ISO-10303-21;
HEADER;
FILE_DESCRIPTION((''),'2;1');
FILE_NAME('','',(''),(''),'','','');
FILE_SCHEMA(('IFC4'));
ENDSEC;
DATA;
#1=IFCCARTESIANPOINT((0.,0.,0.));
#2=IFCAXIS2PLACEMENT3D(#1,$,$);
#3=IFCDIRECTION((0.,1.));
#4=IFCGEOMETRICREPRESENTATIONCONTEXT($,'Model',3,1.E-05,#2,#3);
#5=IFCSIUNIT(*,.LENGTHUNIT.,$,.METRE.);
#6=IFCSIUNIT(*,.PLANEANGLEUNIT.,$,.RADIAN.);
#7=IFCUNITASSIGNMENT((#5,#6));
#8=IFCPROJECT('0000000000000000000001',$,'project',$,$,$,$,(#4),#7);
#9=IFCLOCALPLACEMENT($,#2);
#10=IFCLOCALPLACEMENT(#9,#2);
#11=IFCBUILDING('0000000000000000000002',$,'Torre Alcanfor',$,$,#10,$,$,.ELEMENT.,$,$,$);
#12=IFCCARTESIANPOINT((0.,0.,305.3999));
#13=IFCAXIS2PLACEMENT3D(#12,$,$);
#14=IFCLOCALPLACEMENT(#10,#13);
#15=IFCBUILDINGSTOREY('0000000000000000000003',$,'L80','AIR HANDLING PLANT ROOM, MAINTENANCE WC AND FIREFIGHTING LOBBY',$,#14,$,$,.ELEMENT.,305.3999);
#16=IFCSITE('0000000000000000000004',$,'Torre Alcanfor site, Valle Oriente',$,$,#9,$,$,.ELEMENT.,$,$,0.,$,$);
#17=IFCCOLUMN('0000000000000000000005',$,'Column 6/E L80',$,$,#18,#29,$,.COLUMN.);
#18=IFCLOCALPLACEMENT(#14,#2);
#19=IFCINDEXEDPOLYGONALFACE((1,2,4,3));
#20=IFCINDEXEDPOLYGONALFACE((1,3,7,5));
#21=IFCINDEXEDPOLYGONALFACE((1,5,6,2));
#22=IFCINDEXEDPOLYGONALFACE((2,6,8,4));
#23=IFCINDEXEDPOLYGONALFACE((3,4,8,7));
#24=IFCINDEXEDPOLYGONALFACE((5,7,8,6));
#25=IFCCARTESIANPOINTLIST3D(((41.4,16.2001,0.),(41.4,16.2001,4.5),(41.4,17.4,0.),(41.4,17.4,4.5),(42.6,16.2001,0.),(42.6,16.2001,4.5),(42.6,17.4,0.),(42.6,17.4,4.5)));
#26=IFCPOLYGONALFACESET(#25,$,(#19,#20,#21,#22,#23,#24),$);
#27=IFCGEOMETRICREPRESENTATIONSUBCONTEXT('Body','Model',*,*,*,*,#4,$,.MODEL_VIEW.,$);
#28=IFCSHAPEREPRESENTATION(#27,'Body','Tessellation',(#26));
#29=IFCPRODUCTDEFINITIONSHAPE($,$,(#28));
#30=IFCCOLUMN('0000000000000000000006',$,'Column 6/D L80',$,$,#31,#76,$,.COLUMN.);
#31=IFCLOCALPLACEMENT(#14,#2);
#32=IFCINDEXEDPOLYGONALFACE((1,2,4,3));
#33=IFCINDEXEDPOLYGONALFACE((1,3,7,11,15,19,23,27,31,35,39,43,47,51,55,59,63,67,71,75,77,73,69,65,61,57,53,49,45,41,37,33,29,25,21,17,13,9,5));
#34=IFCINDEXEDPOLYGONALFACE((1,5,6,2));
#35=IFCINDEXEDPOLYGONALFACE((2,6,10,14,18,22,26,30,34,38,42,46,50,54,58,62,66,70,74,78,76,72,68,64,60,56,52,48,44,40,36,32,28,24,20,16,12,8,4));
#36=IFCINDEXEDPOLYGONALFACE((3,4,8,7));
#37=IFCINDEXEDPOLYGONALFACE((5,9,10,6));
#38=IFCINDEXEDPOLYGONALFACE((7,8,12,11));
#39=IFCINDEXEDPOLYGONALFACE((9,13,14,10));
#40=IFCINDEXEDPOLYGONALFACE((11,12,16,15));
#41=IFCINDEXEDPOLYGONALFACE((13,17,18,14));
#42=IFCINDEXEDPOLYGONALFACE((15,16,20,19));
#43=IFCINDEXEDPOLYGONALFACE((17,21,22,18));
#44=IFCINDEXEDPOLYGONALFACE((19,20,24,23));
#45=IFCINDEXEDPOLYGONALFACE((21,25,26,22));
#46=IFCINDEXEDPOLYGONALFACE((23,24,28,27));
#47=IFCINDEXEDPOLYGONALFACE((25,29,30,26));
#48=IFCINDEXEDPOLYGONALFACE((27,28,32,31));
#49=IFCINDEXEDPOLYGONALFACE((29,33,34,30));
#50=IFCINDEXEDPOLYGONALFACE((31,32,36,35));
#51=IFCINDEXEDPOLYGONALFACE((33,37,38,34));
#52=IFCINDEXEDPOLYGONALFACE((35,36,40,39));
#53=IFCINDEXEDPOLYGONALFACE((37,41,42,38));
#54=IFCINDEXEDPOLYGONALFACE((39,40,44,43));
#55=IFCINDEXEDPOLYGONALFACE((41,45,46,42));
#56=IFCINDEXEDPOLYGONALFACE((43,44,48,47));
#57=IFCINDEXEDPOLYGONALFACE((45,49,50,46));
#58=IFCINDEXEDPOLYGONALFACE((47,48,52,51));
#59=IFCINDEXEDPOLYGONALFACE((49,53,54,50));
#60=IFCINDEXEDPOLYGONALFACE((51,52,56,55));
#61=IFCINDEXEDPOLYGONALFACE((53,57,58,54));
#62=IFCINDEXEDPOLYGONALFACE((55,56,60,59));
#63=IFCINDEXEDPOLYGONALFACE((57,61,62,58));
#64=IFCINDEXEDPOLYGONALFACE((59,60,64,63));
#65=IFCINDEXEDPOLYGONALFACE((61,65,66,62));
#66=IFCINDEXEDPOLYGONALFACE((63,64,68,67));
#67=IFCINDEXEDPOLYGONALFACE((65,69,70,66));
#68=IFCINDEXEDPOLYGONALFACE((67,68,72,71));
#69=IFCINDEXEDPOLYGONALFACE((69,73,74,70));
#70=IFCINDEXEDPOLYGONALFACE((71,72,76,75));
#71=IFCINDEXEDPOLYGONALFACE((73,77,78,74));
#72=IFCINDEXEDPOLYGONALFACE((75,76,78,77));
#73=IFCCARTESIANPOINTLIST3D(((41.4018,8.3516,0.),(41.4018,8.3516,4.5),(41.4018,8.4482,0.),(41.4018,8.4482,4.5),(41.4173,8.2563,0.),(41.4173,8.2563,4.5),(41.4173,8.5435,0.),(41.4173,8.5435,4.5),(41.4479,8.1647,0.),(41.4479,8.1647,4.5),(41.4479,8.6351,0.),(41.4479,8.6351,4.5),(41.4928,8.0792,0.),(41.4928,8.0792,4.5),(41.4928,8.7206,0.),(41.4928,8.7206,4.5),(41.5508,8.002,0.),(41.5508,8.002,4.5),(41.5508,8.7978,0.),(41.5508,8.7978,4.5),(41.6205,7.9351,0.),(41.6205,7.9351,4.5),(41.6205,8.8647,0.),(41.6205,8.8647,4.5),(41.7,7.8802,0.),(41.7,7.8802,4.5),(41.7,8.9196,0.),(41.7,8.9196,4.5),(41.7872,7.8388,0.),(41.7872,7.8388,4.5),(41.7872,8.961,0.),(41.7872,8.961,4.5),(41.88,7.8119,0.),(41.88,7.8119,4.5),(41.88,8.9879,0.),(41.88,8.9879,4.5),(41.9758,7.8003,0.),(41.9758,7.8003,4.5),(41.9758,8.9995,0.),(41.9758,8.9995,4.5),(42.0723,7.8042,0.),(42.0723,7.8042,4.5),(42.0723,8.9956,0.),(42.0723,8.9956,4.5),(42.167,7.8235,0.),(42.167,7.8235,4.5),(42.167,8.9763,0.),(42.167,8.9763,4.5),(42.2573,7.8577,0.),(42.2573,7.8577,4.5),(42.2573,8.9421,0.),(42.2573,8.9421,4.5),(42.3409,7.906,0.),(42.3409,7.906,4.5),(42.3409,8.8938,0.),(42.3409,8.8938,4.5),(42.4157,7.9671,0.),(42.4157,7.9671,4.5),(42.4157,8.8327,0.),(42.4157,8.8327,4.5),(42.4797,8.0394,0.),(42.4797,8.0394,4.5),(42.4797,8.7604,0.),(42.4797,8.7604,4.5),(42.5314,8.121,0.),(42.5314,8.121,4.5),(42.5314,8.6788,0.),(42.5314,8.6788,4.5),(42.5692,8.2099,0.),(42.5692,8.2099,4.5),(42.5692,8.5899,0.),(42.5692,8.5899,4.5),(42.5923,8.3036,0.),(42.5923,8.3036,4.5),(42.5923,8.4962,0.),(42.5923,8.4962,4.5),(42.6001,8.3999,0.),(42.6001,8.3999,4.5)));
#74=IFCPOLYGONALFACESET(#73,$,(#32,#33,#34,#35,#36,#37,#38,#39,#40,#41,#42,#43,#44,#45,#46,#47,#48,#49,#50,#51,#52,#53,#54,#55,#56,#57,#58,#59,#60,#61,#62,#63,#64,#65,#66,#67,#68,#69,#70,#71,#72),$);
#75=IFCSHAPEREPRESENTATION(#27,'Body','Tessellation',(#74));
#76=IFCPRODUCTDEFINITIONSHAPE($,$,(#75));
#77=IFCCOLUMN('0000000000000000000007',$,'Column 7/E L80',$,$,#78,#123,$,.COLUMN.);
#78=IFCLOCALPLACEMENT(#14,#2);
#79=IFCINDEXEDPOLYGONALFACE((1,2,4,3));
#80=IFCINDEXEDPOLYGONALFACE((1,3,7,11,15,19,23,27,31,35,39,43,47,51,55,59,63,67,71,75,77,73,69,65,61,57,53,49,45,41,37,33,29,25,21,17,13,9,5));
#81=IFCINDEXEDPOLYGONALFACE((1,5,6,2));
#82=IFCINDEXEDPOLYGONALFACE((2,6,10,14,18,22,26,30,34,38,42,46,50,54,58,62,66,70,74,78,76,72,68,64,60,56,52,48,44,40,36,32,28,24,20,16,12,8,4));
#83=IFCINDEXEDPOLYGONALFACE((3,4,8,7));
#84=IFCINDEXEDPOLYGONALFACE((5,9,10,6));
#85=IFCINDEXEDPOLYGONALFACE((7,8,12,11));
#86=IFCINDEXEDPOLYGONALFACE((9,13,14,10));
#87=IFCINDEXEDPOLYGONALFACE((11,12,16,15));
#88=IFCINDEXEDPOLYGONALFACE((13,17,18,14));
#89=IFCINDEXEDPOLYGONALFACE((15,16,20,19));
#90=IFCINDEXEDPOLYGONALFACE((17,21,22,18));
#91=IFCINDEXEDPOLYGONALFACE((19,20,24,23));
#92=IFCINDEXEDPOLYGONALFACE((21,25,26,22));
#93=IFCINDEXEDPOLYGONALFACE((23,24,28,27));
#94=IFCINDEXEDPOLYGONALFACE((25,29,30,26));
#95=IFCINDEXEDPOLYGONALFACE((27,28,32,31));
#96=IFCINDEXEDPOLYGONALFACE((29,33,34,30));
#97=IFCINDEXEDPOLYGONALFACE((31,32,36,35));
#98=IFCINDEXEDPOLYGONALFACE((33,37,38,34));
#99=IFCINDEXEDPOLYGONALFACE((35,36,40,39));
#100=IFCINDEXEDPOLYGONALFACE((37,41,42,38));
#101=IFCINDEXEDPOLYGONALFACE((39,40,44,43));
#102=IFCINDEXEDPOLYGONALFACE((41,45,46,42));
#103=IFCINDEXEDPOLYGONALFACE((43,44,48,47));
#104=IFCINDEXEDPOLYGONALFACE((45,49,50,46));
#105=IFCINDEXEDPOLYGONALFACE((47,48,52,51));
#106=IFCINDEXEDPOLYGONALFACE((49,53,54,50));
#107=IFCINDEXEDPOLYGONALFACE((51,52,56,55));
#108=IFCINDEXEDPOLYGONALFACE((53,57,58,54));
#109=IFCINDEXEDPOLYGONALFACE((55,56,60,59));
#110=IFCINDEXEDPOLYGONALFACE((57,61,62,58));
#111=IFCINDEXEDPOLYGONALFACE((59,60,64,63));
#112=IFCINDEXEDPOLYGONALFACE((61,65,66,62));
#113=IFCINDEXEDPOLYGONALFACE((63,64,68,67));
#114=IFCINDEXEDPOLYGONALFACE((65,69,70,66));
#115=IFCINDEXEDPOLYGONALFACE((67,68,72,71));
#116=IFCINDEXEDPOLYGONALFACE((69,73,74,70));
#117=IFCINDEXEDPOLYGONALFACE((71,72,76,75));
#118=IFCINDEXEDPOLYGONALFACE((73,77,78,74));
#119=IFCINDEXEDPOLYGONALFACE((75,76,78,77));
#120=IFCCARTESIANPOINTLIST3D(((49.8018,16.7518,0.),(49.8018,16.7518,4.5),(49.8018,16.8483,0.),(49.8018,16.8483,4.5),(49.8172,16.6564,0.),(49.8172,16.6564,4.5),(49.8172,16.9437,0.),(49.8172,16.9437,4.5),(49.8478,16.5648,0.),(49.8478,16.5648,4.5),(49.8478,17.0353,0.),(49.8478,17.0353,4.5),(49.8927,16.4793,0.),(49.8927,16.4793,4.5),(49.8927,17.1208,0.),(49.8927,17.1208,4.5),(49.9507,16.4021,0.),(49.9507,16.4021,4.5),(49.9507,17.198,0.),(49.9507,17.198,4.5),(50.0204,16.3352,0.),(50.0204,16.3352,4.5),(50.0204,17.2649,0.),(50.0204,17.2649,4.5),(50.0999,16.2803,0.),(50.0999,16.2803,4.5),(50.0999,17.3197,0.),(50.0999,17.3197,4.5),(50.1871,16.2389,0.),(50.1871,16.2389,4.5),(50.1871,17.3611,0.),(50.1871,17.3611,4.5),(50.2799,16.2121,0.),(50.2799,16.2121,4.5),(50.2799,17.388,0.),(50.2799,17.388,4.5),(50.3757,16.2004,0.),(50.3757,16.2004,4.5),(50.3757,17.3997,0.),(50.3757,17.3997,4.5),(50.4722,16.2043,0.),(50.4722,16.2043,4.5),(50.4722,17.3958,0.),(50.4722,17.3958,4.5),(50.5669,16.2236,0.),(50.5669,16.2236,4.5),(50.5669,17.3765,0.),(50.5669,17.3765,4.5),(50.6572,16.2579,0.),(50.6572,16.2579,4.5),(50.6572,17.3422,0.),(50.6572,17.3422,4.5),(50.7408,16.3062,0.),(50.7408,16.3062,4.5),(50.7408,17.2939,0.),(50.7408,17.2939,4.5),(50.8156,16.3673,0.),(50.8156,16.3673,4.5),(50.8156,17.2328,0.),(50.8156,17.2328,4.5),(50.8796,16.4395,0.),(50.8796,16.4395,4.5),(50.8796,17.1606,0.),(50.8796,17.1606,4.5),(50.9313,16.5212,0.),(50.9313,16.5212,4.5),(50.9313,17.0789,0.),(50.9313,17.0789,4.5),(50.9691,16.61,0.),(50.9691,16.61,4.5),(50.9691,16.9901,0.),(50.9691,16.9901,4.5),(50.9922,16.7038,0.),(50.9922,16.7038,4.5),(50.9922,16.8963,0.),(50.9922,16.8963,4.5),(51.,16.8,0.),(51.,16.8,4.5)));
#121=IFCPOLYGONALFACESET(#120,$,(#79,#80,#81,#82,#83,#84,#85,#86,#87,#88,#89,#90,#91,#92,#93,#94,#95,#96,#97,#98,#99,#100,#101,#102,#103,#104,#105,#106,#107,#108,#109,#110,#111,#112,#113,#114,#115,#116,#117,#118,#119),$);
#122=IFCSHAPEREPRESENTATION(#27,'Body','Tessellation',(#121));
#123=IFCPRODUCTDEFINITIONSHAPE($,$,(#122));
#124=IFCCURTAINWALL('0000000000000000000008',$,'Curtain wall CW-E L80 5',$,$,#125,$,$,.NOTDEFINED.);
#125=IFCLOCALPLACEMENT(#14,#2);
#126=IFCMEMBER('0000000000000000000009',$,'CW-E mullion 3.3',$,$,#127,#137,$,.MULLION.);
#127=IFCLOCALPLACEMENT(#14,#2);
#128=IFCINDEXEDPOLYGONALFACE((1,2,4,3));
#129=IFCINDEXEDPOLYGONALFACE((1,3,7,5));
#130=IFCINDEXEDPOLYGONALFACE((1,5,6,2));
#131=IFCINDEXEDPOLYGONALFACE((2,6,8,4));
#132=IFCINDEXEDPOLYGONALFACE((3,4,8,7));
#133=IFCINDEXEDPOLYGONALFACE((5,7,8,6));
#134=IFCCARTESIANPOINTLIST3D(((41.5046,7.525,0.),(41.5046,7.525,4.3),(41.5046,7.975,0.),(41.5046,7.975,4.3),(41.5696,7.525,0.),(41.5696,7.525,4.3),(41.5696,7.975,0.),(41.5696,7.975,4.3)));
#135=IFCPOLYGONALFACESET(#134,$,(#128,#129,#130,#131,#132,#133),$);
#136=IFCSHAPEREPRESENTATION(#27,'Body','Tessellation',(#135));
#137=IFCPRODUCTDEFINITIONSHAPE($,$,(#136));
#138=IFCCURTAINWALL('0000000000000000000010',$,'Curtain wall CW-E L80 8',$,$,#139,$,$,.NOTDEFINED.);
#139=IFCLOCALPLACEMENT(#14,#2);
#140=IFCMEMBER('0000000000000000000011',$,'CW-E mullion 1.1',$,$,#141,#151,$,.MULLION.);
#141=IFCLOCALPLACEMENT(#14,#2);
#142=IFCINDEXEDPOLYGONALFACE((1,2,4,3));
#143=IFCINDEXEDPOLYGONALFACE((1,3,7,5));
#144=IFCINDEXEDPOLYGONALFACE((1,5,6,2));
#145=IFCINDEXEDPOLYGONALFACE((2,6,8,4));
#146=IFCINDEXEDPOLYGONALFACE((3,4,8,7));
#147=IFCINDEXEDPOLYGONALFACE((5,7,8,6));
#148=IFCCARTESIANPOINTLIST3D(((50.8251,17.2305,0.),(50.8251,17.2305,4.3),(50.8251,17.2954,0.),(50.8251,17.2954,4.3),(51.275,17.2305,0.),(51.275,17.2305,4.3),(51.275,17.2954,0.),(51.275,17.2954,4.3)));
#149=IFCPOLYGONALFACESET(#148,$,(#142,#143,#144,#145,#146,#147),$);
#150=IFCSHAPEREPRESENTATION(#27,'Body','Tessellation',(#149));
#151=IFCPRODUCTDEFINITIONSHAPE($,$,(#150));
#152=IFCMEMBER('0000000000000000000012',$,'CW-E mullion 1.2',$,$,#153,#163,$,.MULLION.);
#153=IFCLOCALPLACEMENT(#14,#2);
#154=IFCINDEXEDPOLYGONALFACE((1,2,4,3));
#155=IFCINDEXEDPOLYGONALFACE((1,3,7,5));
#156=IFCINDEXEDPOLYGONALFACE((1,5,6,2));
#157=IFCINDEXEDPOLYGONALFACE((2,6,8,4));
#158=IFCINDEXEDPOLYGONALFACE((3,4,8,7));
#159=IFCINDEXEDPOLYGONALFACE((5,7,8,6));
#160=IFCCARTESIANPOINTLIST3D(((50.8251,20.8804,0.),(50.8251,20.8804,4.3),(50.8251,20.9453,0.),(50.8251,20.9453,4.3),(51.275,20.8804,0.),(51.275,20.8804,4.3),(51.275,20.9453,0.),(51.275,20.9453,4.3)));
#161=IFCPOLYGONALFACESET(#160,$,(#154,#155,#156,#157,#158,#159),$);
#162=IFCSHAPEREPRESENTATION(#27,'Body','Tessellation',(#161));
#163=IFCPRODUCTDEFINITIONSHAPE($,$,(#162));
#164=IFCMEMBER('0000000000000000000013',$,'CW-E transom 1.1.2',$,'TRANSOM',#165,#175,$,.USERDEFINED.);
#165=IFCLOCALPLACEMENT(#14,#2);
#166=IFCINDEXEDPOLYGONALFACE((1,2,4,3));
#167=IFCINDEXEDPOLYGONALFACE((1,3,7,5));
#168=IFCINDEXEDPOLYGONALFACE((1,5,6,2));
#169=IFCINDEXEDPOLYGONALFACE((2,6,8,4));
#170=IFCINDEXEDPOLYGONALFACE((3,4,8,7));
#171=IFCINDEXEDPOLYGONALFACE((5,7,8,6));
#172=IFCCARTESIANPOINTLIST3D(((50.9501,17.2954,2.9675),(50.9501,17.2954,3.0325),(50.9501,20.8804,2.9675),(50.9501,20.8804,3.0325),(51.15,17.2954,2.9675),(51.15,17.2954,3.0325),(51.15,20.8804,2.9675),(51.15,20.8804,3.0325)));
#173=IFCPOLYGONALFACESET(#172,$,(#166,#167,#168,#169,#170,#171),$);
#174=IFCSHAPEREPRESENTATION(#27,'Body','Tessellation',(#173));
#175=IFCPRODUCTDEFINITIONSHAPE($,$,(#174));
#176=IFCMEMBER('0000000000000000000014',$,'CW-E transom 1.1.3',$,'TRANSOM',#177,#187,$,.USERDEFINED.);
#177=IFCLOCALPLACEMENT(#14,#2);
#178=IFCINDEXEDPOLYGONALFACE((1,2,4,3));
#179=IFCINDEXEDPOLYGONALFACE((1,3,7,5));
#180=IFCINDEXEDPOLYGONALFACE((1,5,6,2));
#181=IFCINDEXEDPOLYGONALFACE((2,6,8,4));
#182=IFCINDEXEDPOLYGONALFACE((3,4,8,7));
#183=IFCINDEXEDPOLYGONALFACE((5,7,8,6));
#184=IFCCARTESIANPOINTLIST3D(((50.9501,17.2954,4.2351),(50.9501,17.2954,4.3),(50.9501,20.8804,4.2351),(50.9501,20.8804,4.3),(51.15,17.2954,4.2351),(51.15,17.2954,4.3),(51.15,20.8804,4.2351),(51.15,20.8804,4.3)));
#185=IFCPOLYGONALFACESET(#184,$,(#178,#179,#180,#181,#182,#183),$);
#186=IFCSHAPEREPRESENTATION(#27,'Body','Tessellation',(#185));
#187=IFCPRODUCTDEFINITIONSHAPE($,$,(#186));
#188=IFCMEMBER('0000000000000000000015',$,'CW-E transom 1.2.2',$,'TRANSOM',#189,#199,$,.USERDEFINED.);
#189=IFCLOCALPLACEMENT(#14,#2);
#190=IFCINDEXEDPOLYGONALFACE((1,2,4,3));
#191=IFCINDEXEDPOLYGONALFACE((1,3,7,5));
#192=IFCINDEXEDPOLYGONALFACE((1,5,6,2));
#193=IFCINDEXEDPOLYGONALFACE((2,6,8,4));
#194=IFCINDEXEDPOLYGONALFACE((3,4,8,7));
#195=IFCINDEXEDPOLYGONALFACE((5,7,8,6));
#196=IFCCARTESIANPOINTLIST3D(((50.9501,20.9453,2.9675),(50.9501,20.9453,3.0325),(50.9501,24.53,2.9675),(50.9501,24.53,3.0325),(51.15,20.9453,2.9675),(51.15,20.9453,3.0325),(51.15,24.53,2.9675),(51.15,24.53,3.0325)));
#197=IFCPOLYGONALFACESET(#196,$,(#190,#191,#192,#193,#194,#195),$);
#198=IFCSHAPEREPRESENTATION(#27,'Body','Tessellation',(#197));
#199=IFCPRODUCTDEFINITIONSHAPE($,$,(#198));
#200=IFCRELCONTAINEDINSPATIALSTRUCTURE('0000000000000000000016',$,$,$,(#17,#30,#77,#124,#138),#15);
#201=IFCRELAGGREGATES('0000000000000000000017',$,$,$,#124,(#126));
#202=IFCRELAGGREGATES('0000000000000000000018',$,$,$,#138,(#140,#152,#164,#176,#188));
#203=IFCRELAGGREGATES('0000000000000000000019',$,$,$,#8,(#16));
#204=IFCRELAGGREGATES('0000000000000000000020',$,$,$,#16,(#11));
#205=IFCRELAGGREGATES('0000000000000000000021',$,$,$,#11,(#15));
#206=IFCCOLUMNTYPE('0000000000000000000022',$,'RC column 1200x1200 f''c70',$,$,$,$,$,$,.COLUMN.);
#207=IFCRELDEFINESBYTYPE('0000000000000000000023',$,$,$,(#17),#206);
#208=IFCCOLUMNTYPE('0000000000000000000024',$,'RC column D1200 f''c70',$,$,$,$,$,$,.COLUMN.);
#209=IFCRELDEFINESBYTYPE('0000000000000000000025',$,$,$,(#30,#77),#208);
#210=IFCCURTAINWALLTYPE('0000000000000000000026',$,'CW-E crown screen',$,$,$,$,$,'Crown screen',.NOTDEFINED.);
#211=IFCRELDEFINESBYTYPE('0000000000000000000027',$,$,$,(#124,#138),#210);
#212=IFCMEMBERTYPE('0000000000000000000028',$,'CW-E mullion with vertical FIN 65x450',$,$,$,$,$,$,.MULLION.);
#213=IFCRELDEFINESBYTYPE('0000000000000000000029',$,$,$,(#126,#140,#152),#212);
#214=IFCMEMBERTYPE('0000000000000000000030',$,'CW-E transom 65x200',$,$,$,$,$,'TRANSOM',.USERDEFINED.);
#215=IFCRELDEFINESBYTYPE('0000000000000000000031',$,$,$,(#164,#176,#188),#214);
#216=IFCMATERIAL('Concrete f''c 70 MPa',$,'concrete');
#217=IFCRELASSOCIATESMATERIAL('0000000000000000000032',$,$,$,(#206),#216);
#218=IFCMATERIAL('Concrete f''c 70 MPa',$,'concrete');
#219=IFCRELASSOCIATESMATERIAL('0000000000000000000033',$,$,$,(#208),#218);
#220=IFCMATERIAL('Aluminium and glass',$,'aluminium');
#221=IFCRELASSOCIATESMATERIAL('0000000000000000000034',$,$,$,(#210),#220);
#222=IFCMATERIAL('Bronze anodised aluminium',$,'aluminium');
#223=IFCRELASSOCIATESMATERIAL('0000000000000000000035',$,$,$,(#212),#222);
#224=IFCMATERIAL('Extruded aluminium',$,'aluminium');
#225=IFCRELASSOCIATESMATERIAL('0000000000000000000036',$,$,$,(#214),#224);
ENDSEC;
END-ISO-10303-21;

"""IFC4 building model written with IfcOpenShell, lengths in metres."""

from ifc_helpers import new_model, si_unit, direction, frame, origin, origin_2d, place, context, subcontext, project, spatial, rectangle, circle, extrude, material, material_profile, profile_set, type_object, element, aggregate, save


model = new_model("IFC4")

# Units and contexts
model_context = context("Model", 3, precision=1e-05, world=origin(), true_north=direction((0.0, 1.0)))
body_context = subcontext(model_context, "Body", "Model", "MODEL_VIEW")
ifc_project = project(units=[si_unit("LENGTHUNIT", "METRE"), si_unit("PLANEANGLEUNIT", "RADIAN")], contexts=[model_context])

# Site, building, storey
site_placement = place(None, origin())
site = spatial("IfcSite", under=ifc_project, at=site_placement, Name="Torre Alcanfor site, Valle Oriente", CompositionType="ELEMENT", RefElevation=0.0)
building_placement = place(site_placement, origin())
building = spatial("IfcBuilding", under=site, at=building_placement, Name="Torre Alcanfor", CompositionType="ELEMENT")
storey_placement = place(building_placement, frame((0.0, 0.0, 305.3999)))
storey = spatial("IfcBuildingStorey", under=building, at=storey_placement, Name="L80", Description="AIR HANDLING PLANT ROOM, MAINTENANCE WC AND FIREFIGHTING LOBBY", CompositionType="ELEMENT", Elevation=305.3999)

# Columns
ifc_material_1 = material(Name="Concrete f'c 70 MPa", Category="concrete")
ifc_material_profile_1 = material_profile(ifc_material_1, rectangle(XDim=1.2, YDim=1.2, at=origin_2d()), Name="1200x1200")
ifc_profile_set_1 = profile_set([ifc_material_profile_1], Name="Concrete f'c 70 MPa")
column_type_1 = type_object("IfcColumnType", Name="RC column 1200x1200 f'c70", PredefinedType="COLUMN", material=ifc_profile_set_1)
column_placement = place(storey_placement, frame((42.0, 16.8, 0.0), z_axis=(0.0, 0.0, 1.0), x_axis=(1.0, 0.0, 0.0)))
element("IfcColumn", 1, at=column_placement, inside=storey, type_object=column_type_1, Name="Column 6/E L80", PredefinedType="COLUMN", context=body_context, shape_type="SweptSolid", body=[
    extrude(rectangle(XDim=1.2, YDim=1.2, at=origin_2d()), origin(), (0.0, 0.0, 1.0), 4.5),
])
ifc_material_2 = material(Name="Concrete f'c 70 MPa", Category="concrete")
ifc_material_profile_2 = material_profile(ifc_material_2, circle(Radius=0.6001, at=origin_2d()), Name="D1200")
ifc_profile_set_2 = profile_set([ifc_material_profile_2], Name="Concrete f'c 70 MPa")
column_type_2 = type_object("IfcColumnType", Name="RC column D1200 f'c70", PredefinedType="COLUMN", material=ifc_profile_set_2)
for number, where, z_axis, x_axis, name in (
    (2, (42.0, 8.3999, 0.0), (0.0, 0.0, 1.0), (1.0, 0.0, 0.0), "Column 6/D L80"),
    (3, (50.3999, 16.8, 0.0), (0.0, 0.0, 1.0), (1.0, 0.0, 0.0), "Column 7/E L80"),
):
    element("IfcColumn", number, at=place(storey_placement, frame(where, z_axis=z_axis, x_axis=x_axis)), inside=storey, type_object=column_type_2, Name=name, PredefinedType="COLUMN", context=body_context, shape_type="SweptSolid", body=[
        extrude(circle(Radius=0.6001, at=origin_2d()), origin(), (0.0, 0.0, 1.0), 4.5),
    ])

# Curtain wall, member
ifc_material_3 = material(Name="Aluminium and glass", Category="aluminium")
curtain_wall_type = type_object("IfcCurtainWallType", Name="CW-E crown screen", ElementType="Crown screen", PredefinedType="NOTDEFINED", material=ifc_material_3)
curtain_wall_1_placement = place(storey_placement, origin())
curtain_wall_1 = element("IfcCurtainWall", 4, at=curtain_wall_1_placement, inside=storey, type_object=curtain_wall_type, Name="Curtain wall CW-E L80 5", PredefinedType="NOTDEFINED")
ifc_material_4 = material(Name="Bronze anodised aluminium", Category="aluminium")
ifc_material_profile_3 = material_profile(ifc_material_4, rectangle(XDim=0.45, YDim=0.0649, at=origin_2d()), Name="CW-E mullion 65x450")
ifc_profile_set_3 = profile_set([ifc_material_profile_3], Name="Bronze anodised aluminium")
member_type_1 = type_object("IfcMemberType", Name="CW-E mullion with vertical FIN 65x450", PredefinedType="MULLION", material=ifc_profile_set_3)
member_1_placement = place(storey_placement, frame((41.5371, 7.75, 0.0), z_axis=(0.0, 0.0, 1.0), x_axis=(0.0, 1.0, 0.0)))
member_1 = element("IfcMember", 5, at=member_1_placement, type_object=member_type_1, Name="CW-E mullion 3.3", PredefinedType="MULLION", context=body_context, shape_type="SweptSolid", body=[
    extrude(rectangle(XDim=0.45, YDim=0.0649, at=origin_2d()), origin(), (0.0, 0.0, 1.0), 4.3),
])
aggregate(curtain_wall_1, [member_1])

# Curtain wall, members
curtain_wall_2_placement = place(storey_placement, origin())
curtain_wall_2 = element("IfcCurtainWall", 6, at=curtain_wall_2_placement, inside=storey, type_object=curtain_wall_type, Name="Curtain wall CW-E L80 8", PredefinedType="NOTDEFINED")
member_2_placement = place(storey_placement, frame((51.05, 17.2629, 0.0), z_axis=(0.0, 0.0, 1.0), x_axis=(-1.0, 0.0, 0.0)))
member_2 = element("IfcMember", 7, at=member_2_placement, type_object=member_type_1, Name="CW-E mullion 1.1", PredefinedType="MULLION", context=body_context, shape_type="SweptSolid", body=[
    extrude(rectangle(XDim=0.45, YDim=0.0649, at=origin_2d()), origin(), (0.0, 0.0, 1.0), 4.3),
])
member_3_placement = place(storey_placement, frame((51.05, 20.9128, 0.0), z_axis=(0.0, 0.0, 1.0), x_axis=(-1.0, 0.0, 0.0)))
member_3 = element("IfcMember", 8, at=member_3_placement, type_object=member_type_1, Name="CW-E mullion 1.2", PredefinedType="MULLION", context=body_context, shape_type="SweptSolid", body=[
    extrude(rectangle(XDim=0.45, YDim=0.0649, at=origin_2d()), origin(), (0.0, 0.0, 1.0), 4.3),
])
ifc_material_5 = material(Name="Extruded aluminium", Category="aluminium")
ifc_material_profile_4 = material_profile(ifc_material_5, rectangle(XDim=0.2, YDim=0.0649, at=origin_2d()), Name="CW-E transom 200x65")
ifc_profile_set_4 = profile_set([ifc_material_profile_4], Name="Extruded aluminium")
member_type_2 = type_object("IfcMemberType", Name="CW-E transom 65x200", ElementType="TRANSOM", PredefinedType="USERDEFINED", material=ifc_profile_set_4)
member_4_placement = place(storey_placement, frame((51.05, 17.2954, 3.0), z_axis=(0.0, 1.0, 0.0), x_axis=(-1.0, 0.0, 0.0)))
member_4 = element("IfcMember", 9, at=member_4_placement, type_object=member_type_2, Name="CW-E transom 1.1.2", ObjectType="TRANSOM", PredefinedType="USERDEFINED", context=body_context, shape_type="SweptSolid", body=[
    extrude(rectangle(XDim=0.2, YDim=0.0649, at=origin_2d()), origin(), (0.0, 0.0, 1.0), 3.585),
])
member_5_placement = place(storey_placement, frame((51.05, 17.2954, 4.2676), z_axis=(0.0, 1.0, 0.0), x_axis=(-1.0, 0.0, 0.0)))
member_5 = element("IfcMember", 10, at=member_5_placement, type_object=member_type_2, Name="CW-E transom 1.1.3", ObjectType="TRANSOM", PredefinedType="USERDEFINED", context=body_context, shape_type="SweptSolid", body=[
    extrude(rectangle(XDim=0.2, YDim=0.0649, at=origin_2d()), origin(), (0.0, 0.0, 1.0), 3.585),
])
member_6_placement = place(storey_placement, frame((51.05, 20.9453, 3.0), z_axis=(0.0, 1.0, 0.0), x_axis=(-1.0, 0.0, 0.0)))
member_6 = element("IfcMember", 11, at=member_6_placement, type_object=member_type_2, Name="CW-E transom 1.2.2", ObjectType="TRANSOM", PredefinedType="USERDEFINED", context=body_context, shape_type="SweptSolid", body=[
    extrude(rectangle(XDim=0.2, YDim=0.0649, at=origin_2d()), origin(), (0.0, 0.0, 1.0), 3.5847),
])

aggregate(curtain_wall_2, [member_2, member_3, member_4, member_5, member_6])

save(model, "model.ifc")
